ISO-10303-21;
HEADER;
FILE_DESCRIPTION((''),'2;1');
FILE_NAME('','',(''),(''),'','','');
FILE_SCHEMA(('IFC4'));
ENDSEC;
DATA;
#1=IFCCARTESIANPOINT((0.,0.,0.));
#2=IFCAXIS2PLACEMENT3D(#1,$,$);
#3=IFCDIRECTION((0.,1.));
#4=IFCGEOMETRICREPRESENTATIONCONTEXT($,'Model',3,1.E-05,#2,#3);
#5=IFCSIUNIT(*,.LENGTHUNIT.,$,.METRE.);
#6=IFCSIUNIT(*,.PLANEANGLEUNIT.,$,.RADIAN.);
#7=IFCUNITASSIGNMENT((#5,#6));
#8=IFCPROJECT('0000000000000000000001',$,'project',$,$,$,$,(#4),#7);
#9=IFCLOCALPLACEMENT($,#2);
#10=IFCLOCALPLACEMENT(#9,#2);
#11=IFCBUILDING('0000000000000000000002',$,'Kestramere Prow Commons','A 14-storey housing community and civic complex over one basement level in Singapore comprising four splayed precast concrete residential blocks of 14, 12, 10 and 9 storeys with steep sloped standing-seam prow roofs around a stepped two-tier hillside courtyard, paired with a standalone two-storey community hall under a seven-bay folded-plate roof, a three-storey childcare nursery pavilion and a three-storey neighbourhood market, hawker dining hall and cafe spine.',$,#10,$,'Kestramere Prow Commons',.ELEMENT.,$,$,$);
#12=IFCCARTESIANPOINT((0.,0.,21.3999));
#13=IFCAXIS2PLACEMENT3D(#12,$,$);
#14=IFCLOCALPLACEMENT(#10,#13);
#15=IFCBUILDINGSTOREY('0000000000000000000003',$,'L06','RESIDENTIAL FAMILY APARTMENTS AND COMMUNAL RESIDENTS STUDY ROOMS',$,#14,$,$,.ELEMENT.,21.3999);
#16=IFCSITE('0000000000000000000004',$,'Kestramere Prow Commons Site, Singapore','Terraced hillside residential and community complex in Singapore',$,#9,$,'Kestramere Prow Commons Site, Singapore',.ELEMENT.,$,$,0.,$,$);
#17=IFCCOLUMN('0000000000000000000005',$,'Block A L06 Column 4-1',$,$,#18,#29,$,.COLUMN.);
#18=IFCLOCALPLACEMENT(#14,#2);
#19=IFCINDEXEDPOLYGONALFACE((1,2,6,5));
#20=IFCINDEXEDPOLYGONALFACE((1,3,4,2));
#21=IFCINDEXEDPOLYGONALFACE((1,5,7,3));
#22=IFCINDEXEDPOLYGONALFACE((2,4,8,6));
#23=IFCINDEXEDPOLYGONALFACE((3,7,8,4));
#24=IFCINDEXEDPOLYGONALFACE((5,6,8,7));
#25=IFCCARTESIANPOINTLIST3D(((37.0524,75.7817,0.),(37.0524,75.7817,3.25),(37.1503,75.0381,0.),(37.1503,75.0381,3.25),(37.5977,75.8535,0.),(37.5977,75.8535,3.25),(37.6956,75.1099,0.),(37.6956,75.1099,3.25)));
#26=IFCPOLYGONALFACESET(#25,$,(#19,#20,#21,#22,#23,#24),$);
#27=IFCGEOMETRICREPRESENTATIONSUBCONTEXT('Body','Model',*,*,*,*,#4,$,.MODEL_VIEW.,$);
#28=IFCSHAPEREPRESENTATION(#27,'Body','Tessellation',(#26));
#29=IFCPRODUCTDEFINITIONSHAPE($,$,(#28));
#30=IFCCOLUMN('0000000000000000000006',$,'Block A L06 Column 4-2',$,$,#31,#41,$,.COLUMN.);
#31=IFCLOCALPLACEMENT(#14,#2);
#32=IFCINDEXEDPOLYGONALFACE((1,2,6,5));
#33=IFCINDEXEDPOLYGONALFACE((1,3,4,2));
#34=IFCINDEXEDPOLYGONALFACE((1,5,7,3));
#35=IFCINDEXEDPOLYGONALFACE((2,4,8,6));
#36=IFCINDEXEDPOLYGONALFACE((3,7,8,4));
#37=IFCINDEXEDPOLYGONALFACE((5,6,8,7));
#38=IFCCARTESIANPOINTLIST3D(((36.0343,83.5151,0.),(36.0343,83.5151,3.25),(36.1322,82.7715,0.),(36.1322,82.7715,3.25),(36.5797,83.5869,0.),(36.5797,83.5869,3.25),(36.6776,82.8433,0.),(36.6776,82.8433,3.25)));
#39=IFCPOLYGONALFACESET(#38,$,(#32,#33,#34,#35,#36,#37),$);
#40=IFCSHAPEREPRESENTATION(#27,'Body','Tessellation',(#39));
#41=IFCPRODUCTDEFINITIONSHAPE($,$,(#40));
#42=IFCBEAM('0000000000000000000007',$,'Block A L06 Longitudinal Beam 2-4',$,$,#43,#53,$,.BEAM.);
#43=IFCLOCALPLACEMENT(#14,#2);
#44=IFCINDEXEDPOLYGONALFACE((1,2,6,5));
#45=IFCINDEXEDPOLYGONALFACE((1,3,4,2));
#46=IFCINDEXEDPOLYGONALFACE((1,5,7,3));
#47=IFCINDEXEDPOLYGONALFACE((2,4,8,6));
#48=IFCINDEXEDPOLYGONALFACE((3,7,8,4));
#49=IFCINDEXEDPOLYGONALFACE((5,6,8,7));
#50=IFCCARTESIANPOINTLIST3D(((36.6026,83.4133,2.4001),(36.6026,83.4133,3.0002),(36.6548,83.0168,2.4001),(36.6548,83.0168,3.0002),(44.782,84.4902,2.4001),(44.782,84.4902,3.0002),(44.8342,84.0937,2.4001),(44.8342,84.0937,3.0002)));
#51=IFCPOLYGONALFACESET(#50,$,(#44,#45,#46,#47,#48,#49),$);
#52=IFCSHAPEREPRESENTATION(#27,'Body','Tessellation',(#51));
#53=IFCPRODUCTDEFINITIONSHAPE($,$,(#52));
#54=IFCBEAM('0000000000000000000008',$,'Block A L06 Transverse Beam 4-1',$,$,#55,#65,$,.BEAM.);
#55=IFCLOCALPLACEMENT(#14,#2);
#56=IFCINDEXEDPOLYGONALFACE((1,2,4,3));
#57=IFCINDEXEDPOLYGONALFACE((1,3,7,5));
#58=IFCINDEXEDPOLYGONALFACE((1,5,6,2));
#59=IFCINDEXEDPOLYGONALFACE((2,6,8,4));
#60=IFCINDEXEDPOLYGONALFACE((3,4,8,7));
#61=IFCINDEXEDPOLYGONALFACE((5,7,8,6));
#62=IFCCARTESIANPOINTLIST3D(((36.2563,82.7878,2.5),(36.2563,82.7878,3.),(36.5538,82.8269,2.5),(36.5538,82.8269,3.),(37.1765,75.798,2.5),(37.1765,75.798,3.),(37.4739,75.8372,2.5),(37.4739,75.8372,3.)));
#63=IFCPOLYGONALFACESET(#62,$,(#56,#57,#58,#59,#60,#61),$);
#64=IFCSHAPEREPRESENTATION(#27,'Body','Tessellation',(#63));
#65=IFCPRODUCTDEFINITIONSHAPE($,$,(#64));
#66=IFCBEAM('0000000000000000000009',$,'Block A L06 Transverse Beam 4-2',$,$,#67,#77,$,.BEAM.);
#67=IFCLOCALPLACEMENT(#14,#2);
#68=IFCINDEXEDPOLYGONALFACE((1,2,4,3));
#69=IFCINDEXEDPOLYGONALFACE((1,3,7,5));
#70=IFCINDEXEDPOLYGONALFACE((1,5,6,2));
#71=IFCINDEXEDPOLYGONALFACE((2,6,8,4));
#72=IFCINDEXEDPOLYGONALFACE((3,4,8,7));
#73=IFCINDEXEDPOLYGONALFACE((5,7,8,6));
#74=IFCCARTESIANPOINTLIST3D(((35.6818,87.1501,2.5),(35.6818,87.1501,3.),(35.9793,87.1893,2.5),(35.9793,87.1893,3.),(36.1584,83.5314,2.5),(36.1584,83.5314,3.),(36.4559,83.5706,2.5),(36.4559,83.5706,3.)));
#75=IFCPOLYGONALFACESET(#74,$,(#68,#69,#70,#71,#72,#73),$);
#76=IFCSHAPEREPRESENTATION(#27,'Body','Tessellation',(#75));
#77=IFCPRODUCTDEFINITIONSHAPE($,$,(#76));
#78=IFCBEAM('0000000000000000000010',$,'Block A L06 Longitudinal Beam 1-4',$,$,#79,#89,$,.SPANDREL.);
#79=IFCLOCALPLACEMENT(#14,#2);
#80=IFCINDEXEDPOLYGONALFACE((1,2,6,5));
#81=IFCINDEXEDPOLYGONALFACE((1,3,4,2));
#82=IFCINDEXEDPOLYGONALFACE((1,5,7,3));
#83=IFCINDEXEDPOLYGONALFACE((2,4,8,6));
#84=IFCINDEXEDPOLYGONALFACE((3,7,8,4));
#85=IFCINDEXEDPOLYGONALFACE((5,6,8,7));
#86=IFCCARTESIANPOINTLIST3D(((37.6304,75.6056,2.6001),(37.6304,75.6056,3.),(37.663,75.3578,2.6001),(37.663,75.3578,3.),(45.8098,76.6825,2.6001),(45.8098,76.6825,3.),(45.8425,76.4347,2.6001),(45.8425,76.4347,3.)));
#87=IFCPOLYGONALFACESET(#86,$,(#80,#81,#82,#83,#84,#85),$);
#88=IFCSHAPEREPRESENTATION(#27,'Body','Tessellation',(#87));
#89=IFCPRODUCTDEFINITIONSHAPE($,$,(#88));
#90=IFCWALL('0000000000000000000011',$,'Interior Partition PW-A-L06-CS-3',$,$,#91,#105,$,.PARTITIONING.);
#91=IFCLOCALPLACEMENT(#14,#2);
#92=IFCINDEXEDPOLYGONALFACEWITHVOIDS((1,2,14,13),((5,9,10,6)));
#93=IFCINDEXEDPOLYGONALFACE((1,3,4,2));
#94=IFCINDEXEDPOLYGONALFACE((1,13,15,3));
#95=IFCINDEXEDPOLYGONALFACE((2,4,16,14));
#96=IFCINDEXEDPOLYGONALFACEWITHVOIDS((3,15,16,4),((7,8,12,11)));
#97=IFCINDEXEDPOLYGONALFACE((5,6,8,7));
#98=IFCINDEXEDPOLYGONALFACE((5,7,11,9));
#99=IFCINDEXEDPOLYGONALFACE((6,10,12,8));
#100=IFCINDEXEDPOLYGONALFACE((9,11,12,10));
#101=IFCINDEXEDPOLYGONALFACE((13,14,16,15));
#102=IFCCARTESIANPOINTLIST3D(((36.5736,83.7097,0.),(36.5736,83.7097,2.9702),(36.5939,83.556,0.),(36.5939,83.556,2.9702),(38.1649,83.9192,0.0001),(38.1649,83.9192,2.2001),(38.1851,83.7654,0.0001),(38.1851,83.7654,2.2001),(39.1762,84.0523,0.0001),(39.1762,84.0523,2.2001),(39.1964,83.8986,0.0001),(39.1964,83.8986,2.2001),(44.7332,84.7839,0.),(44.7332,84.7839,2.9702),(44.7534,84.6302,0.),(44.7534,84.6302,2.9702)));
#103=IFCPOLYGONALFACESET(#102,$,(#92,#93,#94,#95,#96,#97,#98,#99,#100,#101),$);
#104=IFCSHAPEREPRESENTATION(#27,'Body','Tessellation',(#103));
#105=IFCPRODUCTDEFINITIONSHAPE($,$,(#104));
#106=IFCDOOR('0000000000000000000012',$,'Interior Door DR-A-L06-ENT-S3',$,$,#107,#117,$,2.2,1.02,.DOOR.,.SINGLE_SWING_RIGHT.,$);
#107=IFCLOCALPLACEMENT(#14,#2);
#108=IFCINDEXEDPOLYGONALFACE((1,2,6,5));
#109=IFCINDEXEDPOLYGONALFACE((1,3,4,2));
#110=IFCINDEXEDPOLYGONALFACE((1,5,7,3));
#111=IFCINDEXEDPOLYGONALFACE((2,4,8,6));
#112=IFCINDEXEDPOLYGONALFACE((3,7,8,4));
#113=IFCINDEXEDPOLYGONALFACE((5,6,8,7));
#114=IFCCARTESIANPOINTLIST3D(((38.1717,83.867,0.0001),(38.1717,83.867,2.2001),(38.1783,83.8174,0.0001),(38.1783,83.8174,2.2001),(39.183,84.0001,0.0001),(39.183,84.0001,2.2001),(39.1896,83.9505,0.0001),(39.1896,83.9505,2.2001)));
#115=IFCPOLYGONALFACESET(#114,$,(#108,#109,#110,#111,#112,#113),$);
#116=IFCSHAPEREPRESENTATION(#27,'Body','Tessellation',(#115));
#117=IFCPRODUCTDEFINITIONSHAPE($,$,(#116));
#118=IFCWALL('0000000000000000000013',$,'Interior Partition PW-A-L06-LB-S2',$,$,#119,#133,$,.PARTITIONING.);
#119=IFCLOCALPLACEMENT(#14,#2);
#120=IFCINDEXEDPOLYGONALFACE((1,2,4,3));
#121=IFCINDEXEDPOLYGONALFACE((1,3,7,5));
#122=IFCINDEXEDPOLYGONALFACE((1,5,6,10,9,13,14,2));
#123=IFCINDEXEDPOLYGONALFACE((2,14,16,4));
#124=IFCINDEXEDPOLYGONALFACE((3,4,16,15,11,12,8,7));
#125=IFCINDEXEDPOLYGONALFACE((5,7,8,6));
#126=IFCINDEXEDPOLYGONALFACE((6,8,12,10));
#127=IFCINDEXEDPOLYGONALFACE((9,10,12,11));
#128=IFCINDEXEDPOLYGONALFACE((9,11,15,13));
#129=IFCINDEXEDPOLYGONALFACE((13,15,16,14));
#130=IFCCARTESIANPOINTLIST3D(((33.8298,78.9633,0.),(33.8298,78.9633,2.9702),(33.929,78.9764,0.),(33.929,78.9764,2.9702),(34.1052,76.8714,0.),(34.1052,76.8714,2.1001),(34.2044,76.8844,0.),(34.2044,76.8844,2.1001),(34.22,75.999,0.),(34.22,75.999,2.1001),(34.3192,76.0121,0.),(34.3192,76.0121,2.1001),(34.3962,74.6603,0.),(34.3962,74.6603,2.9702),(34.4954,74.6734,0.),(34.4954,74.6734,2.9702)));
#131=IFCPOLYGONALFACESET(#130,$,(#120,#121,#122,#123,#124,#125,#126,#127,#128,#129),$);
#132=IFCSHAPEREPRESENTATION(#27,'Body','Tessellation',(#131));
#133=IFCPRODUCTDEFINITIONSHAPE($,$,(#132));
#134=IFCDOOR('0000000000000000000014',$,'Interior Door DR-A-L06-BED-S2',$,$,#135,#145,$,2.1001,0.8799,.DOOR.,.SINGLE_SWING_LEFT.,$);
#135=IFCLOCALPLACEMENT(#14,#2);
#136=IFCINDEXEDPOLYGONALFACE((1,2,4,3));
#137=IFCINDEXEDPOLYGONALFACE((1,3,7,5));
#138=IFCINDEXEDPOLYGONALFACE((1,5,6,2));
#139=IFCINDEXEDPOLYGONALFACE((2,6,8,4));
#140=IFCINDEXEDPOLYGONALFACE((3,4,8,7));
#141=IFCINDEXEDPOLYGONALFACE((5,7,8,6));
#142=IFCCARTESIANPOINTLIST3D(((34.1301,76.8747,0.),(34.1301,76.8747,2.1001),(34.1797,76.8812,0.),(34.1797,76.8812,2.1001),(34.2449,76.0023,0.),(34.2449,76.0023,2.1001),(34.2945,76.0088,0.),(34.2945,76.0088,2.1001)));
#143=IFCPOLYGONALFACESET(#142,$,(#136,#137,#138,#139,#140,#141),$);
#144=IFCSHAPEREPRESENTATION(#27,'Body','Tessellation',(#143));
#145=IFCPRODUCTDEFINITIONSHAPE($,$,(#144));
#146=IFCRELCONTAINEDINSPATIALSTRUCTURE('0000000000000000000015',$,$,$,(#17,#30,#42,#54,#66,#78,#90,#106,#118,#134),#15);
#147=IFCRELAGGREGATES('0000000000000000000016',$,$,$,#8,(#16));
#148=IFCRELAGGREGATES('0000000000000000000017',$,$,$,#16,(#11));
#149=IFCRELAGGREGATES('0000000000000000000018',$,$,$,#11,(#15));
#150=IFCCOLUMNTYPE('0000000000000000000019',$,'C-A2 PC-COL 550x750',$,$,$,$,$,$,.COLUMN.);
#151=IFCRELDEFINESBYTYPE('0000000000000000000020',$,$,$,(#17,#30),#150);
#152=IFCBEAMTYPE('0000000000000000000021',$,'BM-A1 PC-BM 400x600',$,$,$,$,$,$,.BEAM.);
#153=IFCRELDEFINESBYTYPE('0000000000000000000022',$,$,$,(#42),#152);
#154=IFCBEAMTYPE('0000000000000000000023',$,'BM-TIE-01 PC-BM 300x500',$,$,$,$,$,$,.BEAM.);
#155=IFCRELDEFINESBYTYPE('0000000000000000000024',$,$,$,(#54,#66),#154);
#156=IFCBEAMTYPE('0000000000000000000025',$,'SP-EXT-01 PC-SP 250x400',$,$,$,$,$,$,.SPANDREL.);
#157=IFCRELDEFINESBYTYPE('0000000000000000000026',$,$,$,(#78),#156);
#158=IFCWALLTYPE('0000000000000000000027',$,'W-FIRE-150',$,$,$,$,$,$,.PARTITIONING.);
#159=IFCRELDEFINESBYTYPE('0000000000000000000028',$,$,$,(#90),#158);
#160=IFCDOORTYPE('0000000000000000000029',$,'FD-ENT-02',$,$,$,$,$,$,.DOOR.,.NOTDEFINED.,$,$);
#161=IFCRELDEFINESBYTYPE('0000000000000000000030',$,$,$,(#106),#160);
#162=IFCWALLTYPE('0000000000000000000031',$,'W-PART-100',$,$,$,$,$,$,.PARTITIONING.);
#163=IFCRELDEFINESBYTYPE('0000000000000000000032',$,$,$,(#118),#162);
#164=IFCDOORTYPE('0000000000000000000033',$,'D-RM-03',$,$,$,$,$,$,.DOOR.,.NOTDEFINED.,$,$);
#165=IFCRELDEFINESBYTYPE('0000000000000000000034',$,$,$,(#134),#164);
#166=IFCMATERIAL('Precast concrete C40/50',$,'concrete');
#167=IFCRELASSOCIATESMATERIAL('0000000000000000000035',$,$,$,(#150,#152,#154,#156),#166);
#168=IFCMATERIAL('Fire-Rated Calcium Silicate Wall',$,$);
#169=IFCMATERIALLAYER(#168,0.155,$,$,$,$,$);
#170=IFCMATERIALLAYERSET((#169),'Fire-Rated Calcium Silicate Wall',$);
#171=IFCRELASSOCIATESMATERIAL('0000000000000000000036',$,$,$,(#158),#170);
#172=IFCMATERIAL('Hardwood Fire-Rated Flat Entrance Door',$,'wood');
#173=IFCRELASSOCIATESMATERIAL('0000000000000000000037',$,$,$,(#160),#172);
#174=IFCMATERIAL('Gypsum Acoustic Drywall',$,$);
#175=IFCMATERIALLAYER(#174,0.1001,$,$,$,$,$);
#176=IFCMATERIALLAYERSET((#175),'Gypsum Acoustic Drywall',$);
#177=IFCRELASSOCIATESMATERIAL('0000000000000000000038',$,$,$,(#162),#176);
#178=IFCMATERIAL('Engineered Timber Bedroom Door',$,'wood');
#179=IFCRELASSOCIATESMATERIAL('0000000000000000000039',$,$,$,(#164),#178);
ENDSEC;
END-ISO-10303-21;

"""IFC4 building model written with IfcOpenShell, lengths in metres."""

from ifc_helpers import new_model, si_unit, direction, frame, frame_2d, origin, origin_2d, place, context, subcontext, project, spatial, rectangle, extrude, material, layer, layer_set, material_profile, profile_set, type_object, element, fill, save


model = new_model("IFC4")

# Units and contexts
model_context = context("Model", 3, precision=1e-05, world=origin(), true_north=direction((0.0, 1.0)))
body_context = subcontext(model_context, "Body", "Model", "MODEL_VIEW")
ifc_project = project(units=[si_unit("LENGTHUNIT", "METRE"), si_unit("PLANEANGLEUNIT", "RADIAN")], contexts=[model_context])

# Site, building, storey
site_placement = place(None, origin())
site = spatial("IfcSite", under=ifc_project, at=site_placement, Name="Kestramere Prow Commons Site, Singapore", Description="Terraced hillside residential and community complex in Singapore", LongName="Kestramere Prow Commons Site, Singapore", CompositionType="ELEMENT", RefElevation=0.0)
building_placement = place(site_placement, origin())
building = spatial("IfcBuilding", under=site, at=building_placement, Name="Kestramere Prow Commons", Description="A 14-storey housing community and civic complex over one basement level in Singapore comprising four splayed precast concrete residential blocks of 14, 12, 10 and 9 storeys with steep sloped standing-seam prow roofs around a stepped two-tier hillside courtyard, paired with a standalone two-storey community hall under a seven-bay folded-plate roof, a three-storey childcare nursery pavilion and a three-storey neighbourhood market, hawker dining hall and cafe spine.", LongName="Kestramere Prow Commons", CompositionType="ELEMENT")
storey_placement = place(building_placement, frame((0.0, 0.0, 21.3999)))
storey = spatial("IfcBuildingStorey", under=building, at=storey_placement, Name="L06", Description="RESIDENTIAL FAMILY APARTMENTS AND COMMUNAL RESIDENTS STUDY ROOMS", CompositionType="ELEMENT", Elevation=21.3999)

# Columns
ifc_material_1 = material(Name="Precast concrete C40/50", Category="concrete")
ifc_material_profile_1 = material_profile(ifc_material_1, rectangle(XDim=0.55, YDim=0.75, at=origin_2d()), Name="PC-COL 550x750")
ifc_profile_set_1 = profile_set([ifc_material_profile_1], Name="Precast concrete C40/50")
column_type = type_object("IfcColumnType", Name="C-A2 PC-COL 550x750", PredefinedType="COLUMN", material=ifc_profile_set_1)
for number, where, z_axis, x_axis, name in (
    (1, (37.374, 75.4458, 0.0), (0.0, 0.0, 1.0), (0.991445, 0.130526, 0.0), "Block A L06 Column 4-1"),
    (2, (36.356, 83.1792, 0.0), (0.0, 0.0, 1.0), (0.991445, 0.130526, 0.0), "Block A L06 Column 4-2"),
):
    element("IfcColumn", number, at=place(storey_placement, frame(where, z_axis=z_axis, x_axis=x_axis)), inside=storey, type_object=column_type, Name=name, PredefinedType="COLUMN", context=body_context, shape_type="SweptSolid", body=[
        extrude(rectangle(XDim=0.55, YDim=0.75, at=origin_2d()), origin(), (0.0, 0.0, 1.0), 3.25),
    ])

# Beams
ifc_material_profile_2 = material_profile(ifc_material_1, rectangle(XDim=0.3999, YDim=0.6001, at=origin_2d()), Name="PC-BM 400x600")
ifc_profile_set_2 = profile_set([ifc_material_profile_2], Name="Precast concrete C40/50")
beam_type_1 = type_object("IfcBeamType", Name="BM-A1 PC-BM 400x600", PredefinedType="BEAM", material=ifc_profile_set_2)
beam_1_placement = place(storey_placement, frame((36.6287, 83.2151, 2.7002), z_axis=(0.991444, 0.130533, 0.0), x_axis=(-0.130533, 0.991444, 0.0)))
element("IfcBeam", 3, at=beam_1_placement, inside=storey, type_object=beam_type_1, Name="Block A L06 Longitudinal Beam 2-4", PredefinedType="BEAM", context=body_context, shape_type="SweptSolid", body=[
    extrude(rectangle(XDim=0.3999, YDim=0.6001, at=origin_2d()), origin(), (0.0, 0.0, 1.0), 8.25),
])
ifc_material_profile_3 = material_profile(ifc_material_1, rectangle(XDim=0.3, YDim=0.5, at=origin_2d()), Name="PC-BM 300x500")
ifc_profile_set_3 = profile_set([ifc_material_profile_3], Name="Precast concrete C40/50")
beam_type_2 = type_object("IfcBeamType", Name="BM-TIE-01 PC-BM 300x500", PredefinedType="BEAM", material=ifc_profile_set_3)
beam_2_placement = place(storey_placement, frame((37.3252, 75.8176, 2.75), z_axis=(-0.130519, 0.991446, 0.0), x_axis=(-0.991446, -0.130519, 0.0)))
element("IfcBeam", 4, at=beam_2_placement, inside=storey, type_object=beam_type_2, Name="Block A L06 Transverse Beam 4-1", PredefinedType="BEAM", context=body_context, shape_type="SweptSolid", body=[
    extrude(rectangle(XDim=0.3, YDim=0.5, at=origin_2d()), origin(), (0.0, 0.0, 1.0), 7.05),
])
beam_3_placement = place(storey_placement, frame((36.3071, 83.551, 2.75), z_axis=(-0.130569, 0.991439, 0.0), x_axis=(-0.991439, -0.130569, 0.0)))
element("IfcBeam", 5, at=beam_3_placement, inside=storey, type_object=beam_type_2, Name="Block A L06 Transverse Beam 4-2", PredefinedType="BEAM", context=body_context, shape_type="SweptSolid", body=[
    extrude(rectangle(XDim=0.3, YDim=0.5, at=origin_2d()), origin(), (0.0, 0.0, 1.0), 3.6499),
])
ifc_material_profile_4 = material_profile(ifc_material_1, rectangle(XDim=0.25, YDim=0.3999, at=origin_2d()), Name="PC-SP 250x400")
ifc_profile_set_4 = profile_set([ifc_material_profile_4], Name="Precast concrete C40/50")
beam_type_3 = type_object("IfcBeamType", Name="SP-EXT-01 PC-SP 250x400", PredefinedType="SPANDREL", material=ifc_profile_set_4)
beam_4_placement = place(storey_placement, frame((37.6467, 75.4817, 2.8), z_axis=(0.991444, 0.130533, 0.0), x_axis=(-0.130533, 0.991444, 0.0)))
element("IfcBeam", 6, at=beam_4_placement, inside=storey, type_object=beam_type_3, Name="Block A L06 Longitudinal Beam 1-4", PredefinedType="SPANDREL", context=body_context, shape_type="SweptSolid", body=[
    extrude(rectangle(XDim=0.25, YDim=0.3999, at=origin_2d()), origin(), (0.0, 0.0, 1.0), 8.25),
])

# Walls, openings, doors
ifc_material_2 = material(Name="Fire-Rated Calcium Silicate Wall")
ifc_layer_1 = layer(ifc_material_2, 0.155)
ifc_layer_set_1 = layer_set([ifc_layer_1], Name="Fire-Rated Calcium Silicate Wall")
wall_type_1 = type_object("IfcWallType", Name="W-FIRE-150", PredefinedType="PARTITIONING", material=ifc_layer_set_1)
wall_1_placement = place(storey_placement, frame((36.5837, 83.6328, 0.0), z_axis=(0.0, 0.0, 1.0), x_axis=(0.991445, 0.130524, 0.0)))
wall_1 = element("IfcWall", 7, at=wall_1_placement, inside=storey, type_object=wall_type_1, Name="Interior Partition PW-A-L06-CS-3", PredefinedType="PARTITIONING", context=body_context, shape_type="SweptSolid", body=[
    extrude(rectangle(XDim=8.23, YDim=0.155, at=frame_2d((4.115, 0.0))), origin(), (0.0, 0.0, 1.0), 2.9702),
])
opening_1_placement = place(wall_1_placement, frame((1.605, 0.0, 0.0)))
opening_1 = element("IfcOpeningElement", 8, at=opening_1_placement, cuts=wall_1, PredefinedType="OPENING", context=body_context, shape_type="SweptSolid", body=[
    extrude(rectangle(XDim=1.02, YDim=2.2, at=frame_2d((0.51, 1.1001))), frame((0.0, 0.0925, 0.0), z_axis=(0.0, -1.0, 0.0), x_axis=(1.0, 0.0, 0.0)), (0.0, 0.0, 1.0), 0.1851),
])
ifc_material_3 = material(Name="Hardwood Fire-Rated Flat Entrance Door", Category="wood")
door_type_1 = type_object("IfcDoorType", Name="FD-ENT-02", OperationType="NOTDEFINED", PredefinedType="DOOR", material=ifc_material_3)
door_1_placement = place(opening_1_placement, origin())
door_1 = element("IfcDoor", 9, at=door_1_placement, inside=storey, type_object=door_type_1, Name="Interior Door DR-A-L06-ENT-S3", OperationType="SINGLE_SWING_RIGHT", OverallHeight=2.2, OverallWidth=1.02, PredefinedType="DOOR", context=body_context, shape_type="SweptSolid", body=[
    extrude(rectangle(XDim=1.02, YDim=2.2, at=frame_2d((0.51, 1.1001))), frame((0.0, 0.0249, 0.0), z_axis=(0.0, -1.0, 0.0), x_axis=(1.0, 0.0, 0.0)), (0.0, 0.0, 1.0), 0.05),
])
fill(opening_1, door_1)
ifc_material_4 = material(Name="Gypsum Acoustic Drywall")
ifc_layer_2 = layer(ifc_material_4, 0.1001)
ifc_layer_set_2 = layer_set([ifc_layer_2], Name="Gypsum Acoustic Drywall")
wall_type_2 = type_object("IfcWallType", Name="W-PART-100", PredefinedType="PARTITIONING", material=ifc_layer_set_2)
wall_2_placement = place(storey_placement, frame((34.4458, 74.667, 0.0), z_axis=(0.0, 0.0, 1.0), x_axis=(-0.130505, 0.991448, 0.0)))
wall_2 = element("IfcWall", 10, at=wall_2_placement, inside=storey, type_object=wall_type_2, Name="Interior Partition PW-A-L06-LB-S2", PredefinedType="PARTITIONING", context=body_context, shape_type="SweptSolid", body=[
    extrude(rectangle(XDim=4.3401, YDim=0.1001, at=frame_2d((2.1699, 0.0))), origin(), (0.0, 0.0, 1.0), 2.9702),
])
opening_2_placement = place(wall_2_placement, frame((1.3501, 0.0, 0.0)))
opening_2 = element("IfcOpeningElement", 11, at=opening_2_placement, cuts=wall_2, PredefinedType="OPENING", context=body_context, shape_type="SweptSolid", body=[
    extrude(rectangle(XDim=0.8799, YDim=2.1001, at=frame_2d((0.4399, 1.05))), frame((0.0, 0.0649, 0.0), z_axis=(0.0, -1.0, 0.0), x_axis=(1.0, 0.0, 0.0)), (0.0, 0.0, 1.0), 0.1301),
])
ifc_material_5 = material(Name="Engineered Timber Bedroom Door", Category="wood")
door_type_2 = type_object("IfcDoorType", Name="D-RM-03", OperationType="NOTDEFINED", PredefinedType="DOOR", material=ifc_material_5)
door_2_placement = place(opening_2_placement, origin())
door_2 = element("IfcDoor", 12, at=door_2_placement, inside=storey, type_object=door_type_2, Name="Interior Door DR-A-L06-BED-S2", OperationType="SINGLE_SWING_LEFT", OverallHeight=2.1001, OverallWidth=0.8799, PredefinedType="DOOR", context=body_context, shape_type="SweptSolid", body=[
    extrude(rectangle(XDim=0.8799, YDim=2.1001, at=frame_2d((0.4399, 1.05))), frame((0.0, 0.0249, 0.0), z_axis=(0.0, -1.0, 0.0), x_axis=(1.0, 0.0, 0.0)), (0.0, 0.0, 1.0), 0.05),
])
fill(opening_2, door_2)

save(model, "model.ifc")
